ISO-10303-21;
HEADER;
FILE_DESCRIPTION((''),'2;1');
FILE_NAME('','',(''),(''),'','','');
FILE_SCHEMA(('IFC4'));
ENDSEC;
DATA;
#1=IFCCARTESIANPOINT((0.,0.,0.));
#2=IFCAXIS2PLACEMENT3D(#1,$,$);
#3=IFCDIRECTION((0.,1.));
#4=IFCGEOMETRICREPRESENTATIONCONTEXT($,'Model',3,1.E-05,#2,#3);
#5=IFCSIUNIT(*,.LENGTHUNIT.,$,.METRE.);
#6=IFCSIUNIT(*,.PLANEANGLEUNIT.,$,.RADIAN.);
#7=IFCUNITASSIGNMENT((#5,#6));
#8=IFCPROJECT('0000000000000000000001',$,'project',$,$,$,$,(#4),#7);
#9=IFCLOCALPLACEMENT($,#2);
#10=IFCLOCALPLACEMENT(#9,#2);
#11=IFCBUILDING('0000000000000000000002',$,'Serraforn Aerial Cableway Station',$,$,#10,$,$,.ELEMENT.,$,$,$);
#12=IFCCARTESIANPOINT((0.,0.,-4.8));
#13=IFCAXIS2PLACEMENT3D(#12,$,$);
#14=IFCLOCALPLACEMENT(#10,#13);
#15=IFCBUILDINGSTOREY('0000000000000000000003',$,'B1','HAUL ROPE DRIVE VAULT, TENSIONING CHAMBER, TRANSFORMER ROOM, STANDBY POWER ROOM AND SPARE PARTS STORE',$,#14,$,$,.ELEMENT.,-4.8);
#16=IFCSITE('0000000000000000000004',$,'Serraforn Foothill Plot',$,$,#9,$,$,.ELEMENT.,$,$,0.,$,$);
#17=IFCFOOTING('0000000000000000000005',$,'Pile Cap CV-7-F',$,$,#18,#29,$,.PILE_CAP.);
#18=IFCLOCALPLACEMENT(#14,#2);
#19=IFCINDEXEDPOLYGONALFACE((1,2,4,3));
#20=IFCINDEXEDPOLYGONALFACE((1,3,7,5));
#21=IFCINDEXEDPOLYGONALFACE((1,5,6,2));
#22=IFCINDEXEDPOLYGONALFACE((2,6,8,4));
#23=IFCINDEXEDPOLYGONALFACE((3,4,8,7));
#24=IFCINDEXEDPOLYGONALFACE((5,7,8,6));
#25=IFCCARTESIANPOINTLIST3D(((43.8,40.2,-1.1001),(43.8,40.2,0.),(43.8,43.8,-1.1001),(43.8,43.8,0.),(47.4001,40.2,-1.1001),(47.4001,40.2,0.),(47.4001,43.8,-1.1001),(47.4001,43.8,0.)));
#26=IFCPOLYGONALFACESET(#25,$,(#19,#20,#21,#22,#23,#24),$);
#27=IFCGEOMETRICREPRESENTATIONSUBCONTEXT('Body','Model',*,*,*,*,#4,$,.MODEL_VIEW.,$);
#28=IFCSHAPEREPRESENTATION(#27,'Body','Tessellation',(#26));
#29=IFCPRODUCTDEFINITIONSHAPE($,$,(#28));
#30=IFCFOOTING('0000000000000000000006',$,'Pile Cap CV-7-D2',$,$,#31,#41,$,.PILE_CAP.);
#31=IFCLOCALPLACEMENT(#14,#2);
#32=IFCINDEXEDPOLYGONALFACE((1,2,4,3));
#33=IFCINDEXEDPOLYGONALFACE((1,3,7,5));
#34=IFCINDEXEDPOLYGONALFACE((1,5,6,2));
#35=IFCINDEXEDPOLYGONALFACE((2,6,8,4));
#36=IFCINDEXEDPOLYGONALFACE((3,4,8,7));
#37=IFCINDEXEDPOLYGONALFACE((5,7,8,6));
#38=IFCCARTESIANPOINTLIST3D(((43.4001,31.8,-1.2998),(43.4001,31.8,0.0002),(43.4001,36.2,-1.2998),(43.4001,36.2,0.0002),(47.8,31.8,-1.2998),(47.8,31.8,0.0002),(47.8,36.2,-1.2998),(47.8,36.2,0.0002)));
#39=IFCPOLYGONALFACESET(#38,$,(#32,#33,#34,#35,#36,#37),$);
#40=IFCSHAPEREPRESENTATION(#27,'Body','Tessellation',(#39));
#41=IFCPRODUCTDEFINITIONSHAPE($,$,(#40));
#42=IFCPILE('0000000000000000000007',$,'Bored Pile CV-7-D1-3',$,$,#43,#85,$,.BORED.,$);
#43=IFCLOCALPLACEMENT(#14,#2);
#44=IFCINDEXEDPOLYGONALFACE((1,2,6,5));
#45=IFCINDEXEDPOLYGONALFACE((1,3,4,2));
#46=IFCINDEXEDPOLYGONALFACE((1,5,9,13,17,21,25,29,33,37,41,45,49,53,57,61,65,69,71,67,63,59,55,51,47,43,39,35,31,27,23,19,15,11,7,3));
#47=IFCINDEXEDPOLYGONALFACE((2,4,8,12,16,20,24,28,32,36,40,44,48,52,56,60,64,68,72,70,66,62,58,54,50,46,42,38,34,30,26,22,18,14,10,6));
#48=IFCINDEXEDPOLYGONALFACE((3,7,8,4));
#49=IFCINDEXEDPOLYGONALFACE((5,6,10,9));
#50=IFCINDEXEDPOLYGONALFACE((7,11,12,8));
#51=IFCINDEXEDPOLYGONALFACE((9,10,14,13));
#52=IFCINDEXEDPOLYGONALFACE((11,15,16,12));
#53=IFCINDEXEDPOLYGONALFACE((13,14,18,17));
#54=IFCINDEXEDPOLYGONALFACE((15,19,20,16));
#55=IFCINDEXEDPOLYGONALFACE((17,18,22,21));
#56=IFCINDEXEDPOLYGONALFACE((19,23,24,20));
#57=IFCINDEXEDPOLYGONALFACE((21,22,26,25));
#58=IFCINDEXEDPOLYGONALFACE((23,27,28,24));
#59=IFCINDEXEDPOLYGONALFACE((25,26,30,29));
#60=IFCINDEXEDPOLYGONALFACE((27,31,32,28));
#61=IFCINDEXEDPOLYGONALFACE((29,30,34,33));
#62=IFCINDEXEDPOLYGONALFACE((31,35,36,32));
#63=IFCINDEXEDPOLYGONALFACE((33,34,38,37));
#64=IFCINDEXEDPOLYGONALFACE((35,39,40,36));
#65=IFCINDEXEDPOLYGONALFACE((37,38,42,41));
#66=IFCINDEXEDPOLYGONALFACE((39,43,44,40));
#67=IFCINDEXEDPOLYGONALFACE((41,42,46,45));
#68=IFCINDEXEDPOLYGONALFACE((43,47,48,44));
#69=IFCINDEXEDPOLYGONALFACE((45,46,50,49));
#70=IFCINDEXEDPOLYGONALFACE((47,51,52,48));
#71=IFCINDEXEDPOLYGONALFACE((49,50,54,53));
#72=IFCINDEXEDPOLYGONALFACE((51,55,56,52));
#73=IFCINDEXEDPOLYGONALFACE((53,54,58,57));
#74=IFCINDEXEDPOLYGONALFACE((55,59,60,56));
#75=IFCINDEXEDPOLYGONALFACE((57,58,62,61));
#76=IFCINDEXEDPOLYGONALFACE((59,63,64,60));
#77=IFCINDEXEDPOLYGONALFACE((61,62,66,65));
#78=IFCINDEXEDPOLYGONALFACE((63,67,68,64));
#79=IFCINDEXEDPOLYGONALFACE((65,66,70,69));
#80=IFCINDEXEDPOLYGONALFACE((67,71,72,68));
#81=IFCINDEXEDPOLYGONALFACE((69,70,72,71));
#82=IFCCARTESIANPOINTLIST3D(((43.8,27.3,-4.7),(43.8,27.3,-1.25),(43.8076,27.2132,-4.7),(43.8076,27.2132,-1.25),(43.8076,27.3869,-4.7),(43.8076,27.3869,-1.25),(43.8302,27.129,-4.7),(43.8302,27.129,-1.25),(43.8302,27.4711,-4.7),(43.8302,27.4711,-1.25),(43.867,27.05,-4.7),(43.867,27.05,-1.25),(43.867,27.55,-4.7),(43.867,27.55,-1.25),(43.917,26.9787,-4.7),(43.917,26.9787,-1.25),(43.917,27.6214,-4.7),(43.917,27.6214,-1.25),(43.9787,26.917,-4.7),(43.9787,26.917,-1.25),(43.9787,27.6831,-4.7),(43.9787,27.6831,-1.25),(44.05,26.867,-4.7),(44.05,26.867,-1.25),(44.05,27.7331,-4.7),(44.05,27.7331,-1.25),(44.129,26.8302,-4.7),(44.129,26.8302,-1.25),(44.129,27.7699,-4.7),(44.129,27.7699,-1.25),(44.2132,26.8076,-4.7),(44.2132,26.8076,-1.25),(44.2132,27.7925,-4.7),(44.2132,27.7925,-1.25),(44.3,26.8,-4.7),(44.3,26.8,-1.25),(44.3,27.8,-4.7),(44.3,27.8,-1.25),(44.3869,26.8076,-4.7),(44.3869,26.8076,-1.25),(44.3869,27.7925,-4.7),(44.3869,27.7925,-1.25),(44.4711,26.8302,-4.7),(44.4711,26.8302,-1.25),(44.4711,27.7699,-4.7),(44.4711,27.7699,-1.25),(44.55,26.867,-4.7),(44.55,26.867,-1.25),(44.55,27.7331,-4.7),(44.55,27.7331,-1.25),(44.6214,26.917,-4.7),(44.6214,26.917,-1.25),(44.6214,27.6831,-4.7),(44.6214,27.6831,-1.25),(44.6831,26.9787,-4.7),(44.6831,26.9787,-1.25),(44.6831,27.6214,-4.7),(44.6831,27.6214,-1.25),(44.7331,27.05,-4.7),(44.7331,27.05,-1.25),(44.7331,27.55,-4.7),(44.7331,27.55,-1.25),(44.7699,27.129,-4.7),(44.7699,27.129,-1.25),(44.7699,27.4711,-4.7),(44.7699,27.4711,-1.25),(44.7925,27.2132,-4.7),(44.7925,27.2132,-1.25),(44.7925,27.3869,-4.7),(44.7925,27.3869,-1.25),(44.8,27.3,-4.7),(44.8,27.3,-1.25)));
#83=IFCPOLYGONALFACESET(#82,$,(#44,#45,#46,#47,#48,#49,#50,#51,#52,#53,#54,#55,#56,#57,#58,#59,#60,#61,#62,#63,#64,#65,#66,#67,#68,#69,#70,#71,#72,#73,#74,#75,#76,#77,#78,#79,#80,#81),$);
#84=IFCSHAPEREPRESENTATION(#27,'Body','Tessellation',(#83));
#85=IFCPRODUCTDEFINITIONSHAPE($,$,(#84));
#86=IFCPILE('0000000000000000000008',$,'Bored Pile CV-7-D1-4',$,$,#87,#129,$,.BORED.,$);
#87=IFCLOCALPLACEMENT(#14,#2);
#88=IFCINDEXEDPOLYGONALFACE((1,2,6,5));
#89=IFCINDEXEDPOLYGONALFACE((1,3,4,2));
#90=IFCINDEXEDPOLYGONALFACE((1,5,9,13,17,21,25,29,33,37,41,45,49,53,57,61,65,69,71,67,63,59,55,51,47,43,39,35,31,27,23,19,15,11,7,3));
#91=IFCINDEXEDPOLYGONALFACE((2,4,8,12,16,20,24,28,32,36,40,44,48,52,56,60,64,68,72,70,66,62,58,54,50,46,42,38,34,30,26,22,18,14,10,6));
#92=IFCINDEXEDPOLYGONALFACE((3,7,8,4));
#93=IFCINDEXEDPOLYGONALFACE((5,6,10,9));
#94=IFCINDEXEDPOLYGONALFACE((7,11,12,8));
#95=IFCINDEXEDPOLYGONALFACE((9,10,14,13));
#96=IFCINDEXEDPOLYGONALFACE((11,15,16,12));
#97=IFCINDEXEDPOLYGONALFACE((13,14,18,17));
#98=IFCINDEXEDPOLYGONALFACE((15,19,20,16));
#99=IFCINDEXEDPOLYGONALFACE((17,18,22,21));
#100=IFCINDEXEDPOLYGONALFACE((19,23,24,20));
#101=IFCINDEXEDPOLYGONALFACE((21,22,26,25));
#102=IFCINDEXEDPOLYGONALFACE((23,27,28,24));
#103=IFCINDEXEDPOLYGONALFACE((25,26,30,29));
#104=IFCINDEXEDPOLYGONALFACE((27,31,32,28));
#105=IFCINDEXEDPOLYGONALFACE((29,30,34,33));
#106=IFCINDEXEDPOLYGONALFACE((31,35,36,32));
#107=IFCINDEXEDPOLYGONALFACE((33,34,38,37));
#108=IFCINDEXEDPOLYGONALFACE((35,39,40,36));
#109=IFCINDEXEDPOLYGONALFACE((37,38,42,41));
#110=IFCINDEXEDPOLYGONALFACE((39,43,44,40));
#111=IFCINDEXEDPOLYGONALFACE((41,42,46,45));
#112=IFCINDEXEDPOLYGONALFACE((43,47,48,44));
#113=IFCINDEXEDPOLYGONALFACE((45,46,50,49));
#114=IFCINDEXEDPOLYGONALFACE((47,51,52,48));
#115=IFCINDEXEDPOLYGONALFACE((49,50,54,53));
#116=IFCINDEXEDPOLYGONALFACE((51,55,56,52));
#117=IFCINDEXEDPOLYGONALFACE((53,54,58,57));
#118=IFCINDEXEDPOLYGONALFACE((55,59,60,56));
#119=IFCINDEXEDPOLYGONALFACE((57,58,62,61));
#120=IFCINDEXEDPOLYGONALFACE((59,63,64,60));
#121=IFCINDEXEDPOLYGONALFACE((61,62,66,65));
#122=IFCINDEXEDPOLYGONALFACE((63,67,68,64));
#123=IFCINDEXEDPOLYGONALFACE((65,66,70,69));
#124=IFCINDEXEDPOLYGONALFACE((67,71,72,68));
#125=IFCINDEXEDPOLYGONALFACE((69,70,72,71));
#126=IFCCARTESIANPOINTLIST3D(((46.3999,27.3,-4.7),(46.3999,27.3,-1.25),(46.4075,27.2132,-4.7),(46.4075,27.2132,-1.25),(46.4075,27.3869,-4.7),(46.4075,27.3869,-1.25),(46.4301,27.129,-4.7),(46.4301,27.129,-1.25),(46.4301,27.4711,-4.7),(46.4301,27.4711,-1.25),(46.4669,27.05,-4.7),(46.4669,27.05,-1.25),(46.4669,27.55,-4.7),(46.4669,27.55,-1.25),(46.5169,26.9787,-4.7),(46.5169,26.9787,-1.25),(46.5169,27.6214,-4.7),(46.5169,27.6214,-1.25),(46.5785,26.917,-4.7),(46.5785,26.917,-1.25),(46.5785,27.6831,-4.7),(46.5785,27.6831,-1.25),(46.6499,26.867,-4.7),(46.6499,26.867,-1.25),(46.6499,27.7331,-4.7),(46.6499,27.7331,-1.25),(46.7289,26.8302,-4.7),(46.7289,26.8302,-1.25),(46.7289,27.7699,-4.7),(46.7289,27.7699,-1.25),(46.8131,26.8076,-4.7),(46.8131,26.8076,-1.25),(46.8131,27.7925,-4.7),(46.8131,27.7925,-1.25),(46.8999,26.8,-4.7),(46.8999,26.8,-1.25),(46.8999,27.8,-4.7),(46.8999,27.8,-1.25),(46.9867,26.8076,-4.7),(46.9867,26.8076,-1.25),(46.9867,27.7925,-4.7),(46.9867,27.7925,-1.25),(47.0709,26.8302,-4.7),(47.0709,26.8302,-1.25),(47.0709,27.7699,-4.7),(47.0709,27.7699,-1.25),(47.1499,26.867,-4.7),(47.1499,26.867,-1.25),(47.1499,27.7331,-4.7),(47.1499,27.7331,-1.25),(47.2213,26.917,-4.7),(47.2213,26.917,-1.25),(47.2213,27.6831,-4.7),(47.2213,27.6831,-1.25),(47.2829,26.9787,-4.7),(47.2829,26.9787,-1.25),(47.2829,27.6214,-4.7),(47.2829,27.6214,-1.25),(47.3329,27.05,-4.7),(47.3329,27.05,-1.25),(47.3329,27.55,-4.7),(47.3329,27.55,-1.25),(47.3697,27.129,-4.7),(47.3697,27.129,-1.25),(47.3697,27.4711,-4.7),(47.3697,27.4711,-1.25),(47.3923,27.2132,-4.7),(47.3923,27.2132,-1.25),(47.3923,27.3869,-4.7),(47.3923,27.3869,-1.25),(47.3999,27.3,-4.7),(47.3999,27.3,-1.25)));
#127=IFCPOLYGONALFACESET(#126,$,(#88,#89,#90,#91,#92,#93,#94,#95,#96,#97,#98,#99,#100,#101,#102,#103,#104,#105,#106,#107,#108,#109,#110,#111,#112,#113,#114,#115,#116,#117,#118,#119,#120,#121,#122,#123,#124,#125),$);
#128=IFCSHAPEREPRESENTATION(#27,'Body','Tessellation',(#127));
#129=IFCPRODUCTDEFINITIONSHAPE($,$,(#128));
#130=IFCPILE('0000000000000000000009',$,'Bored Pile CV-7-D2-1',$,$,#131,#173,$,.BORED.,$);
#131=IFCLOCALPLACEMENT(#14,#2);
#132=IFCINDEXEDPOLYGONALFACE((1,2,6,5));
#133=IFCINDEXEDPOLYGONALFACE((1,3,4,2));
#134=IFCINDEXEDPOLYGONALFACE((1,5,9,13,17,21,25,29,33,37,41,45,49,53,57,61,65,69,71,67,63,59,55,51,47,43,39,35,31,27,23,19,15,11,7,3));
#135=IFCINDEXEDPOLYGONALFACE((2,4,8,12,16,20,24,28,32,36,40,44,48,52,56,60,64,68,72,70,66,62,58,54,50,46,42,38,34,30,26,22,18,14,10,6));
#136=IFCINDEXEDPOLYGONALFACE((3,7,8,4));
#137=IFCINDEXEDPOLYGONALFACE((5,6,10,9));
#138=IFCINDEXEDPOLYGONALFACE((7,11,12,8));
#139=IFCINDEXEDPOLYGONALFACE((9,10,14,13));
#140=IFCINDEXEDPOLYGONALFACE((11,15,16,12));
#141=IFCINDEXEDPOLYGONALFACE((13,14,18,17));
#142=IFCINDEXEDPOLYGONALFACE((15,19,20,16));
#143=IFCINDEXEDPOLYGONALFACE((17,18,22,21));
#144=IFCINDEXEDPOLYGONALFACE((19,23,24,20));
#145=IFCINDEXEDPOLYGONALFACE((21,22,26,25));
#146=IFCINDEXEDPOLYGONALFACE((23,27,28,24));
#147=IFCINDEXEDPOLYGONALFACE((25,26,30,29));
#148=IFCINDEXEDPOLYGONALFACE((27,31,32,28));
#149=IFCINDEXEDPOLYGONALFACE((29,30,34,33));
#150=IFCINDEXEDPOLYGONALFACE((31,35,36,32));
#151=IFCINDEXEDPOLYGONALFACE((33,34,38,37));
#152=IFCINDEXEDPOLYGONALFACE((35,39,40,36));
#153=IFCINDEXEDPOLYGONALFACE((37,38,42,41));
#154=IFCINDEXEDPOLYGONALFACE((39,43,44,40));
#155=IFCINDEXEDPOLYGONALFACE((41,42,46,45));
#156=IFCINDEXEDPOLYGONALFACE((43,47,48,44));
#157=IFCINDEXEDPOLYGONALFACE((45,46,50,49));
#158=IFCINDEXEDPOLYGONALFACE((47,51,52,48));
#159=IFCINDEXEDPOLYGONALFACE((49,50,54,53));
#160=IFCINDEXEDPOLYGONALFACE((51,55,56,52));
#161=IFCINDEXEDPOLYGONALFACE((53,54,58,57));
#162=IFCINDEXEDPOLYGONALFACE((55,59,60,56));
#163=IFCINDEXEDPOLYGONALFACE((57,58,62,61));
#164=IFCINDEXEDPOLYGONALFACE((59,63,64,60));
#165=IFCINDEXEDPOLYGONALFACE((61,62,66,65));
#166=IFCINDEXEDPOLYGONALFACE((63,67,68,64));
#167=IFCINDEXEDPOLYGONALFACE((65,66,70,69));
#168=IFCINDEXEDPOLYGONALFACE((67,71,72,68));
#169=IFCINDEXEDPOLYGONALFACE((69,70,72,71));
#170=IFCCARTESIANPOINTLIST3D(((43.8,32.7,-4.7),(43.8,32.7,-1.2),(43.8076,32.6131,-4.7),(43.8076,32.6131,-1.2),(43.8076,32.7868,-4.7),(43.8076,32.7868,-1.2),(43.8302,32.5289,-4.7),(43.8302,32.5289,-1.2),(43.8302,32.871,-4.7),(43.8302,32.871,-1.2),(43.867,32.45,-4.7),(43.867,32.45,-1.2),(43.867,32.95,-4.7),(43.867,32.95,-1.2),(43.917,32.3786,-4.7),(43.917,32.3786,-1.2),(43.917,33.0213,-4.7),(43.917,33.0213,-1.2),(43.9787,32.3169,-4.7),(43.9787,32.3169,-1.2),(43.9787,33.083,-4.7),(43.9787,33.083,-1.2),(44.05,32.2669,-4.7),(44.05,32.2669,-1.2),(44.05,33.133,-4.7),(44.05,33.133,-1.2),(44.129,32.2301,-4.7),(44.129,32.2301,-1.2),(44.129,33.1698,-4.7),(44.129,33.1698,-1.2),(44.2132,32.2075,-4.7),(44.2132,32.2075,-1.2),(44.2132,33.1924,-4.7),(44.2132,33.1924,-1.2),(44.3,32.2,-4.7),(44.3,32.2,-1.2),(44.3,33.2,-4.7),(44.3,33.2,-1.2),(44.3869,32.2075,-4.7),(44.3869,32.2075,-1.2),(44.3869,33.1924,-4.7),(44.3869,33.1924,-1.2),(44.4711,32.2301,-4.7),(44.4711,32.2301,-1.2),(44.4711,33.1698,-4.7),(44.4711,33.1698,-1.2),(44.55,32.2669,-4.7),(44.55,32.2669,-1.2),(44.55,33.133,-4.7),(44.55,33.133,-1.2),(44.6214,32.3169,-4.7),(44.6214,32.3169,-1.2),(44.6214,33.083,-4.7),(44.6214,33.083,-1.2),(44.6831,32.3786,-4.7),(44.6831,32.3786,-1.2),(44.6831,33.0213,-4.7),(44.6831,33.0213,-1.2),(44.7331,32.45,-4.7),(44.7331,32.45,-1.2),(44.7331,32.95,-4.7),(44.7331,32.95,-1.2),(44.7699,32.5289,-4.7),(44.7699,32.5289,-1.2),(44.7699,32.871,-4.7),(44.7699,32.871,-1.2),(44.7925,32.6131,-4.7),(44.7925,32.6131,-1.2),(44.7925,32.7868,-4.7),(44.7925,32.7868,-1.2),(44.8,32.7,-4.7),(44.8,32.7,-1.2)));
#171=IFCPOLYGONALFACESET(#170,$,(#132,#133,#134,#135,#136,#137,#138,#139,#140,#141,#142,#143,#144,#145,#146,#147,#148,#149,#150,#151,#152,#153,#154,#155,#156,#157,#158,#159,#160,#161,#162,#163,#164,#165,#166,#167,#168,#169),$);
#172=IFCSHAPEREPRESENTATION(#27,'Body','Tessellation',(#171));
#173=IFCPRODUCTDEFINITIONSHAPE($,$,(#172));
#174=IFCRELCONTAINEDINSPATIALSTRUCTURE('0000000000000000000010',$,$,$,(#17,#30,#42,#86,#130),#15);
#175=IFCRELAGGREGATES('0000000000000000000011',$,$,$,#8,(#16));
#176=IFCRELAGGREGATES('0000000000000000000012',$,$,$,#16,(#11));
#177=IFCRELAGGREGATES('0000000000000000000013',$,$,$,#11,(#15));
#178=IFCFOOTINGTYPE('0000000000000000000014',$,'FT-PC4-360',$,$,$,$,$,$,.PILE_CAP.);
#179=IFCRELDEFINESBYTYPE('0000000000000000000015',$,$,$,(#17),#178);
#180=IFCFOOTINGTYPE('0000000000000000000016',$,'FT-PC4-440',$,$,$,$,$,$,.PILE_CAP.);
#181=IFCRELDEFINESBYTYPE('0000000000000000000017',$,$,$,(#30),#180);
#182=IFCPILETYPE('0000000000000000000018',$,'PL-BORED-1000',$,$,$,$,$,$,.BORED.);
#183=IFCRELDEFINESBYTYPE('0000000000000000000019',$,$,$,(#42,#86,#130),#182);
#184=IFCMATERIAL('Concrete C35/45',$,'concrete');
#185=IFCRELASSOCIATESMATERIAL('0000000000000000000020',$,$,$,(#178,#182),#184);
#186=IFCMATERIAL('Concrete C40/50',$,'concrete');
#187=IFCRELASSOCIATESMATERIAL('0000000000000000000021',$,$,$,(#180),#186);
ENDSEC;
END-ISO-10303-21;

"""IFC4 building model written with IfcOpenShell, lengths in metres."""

from ifc_helpers import new_model, si_unit, direction, frame, origin, origin_2d, place, context, subcontext, project, spatial, rectangle, circle, extrude, material, material_profile, profile_set, type_object, element, save


model = new_model("IFC4")

# Units and contexts
model_context = context("Model", 3, precision=1e-05, world=origin(), true_north=direction((0.0, 1.0)))
body_context = subcontext(model_context, "Body", "Model", "MODEL_VIEW")
ifc_project = project(units=[si_unit("LENGTHUNIT", "METRE"), si_unit("PLANEANGLEUNIT", "RADIAN")], contexts=[model_context])

# Site, building, storey
site_placement = place(None, origin())
site = spatial("IfcSite", under=ifc_project, at=site_placement, Name="Serraforn Foothill Plot", CompositionType="ELEMENT", RefElevation=0.0)
building_placement = place(site_placement, origin())
building = spatial("IfcBuilding", under=site, at=building_placement, Name="Serraforn Aerial Cableway Station", CompositionType="ELEMENT")
storey_placement = place(building_placement, frame((0.0, 0.0, -4.8)))
storey = spatial("IfcBuildingStorey", under=building, at=storey_placement, Name="B1", Description="HAUL ROPE DRIVE VAULT, TENSIONING CHAMBER, TRANSFORMER ROOM, STANDBY POWER ROOM AND SPARE PARTS STORE", CompositionType="ELEMENT", Elevation=-4.8)

# Footings
ifc_material_1 = material(Name="Concrete C35/45", Category="concrete")
footing_type_1 = type_object("IfcFootingType", Name="FT-PC4-360", PredefinedType="PILE_CAP", material=ifc_material_1)
footing_1_placement = place(storey_placement, frame((45.6001, 42.0, -1.1001), z_axis=(0.0, 0.0, 1.0), x_axis=(1.0, 0.0, 0.0)))
element("IfcFooting", 1, at=footing_1_placement, inside=storey, type_object=footing_type_1, Name="Pile Cap CV-7-F", PredefinedType="PILE_CAP", context=body_context, shape_type="SweptSolid", body=[
    extrude(rectangle(XDim=3.6001, YDim=3.6001, at=origin_2d()), origin(), (0.0, 0.0, 1.0), 1.1001),
])
ifc_material_2 = material(Name="Concrete C40/50", Category="concrete")
footing_type_2 = type_object("IfcFootingType", Name="FT-PC4-440", PredefinedType="PILE_CAP", material=ifc_material_2)
footing_2_placement = place(storey_placement, frame((45.6001, 34.0, -1.2998), z_axis=(0.0, 0.0, 1.0), x_axis=(1.0, 0.0, 0.0)))
element("IfcFooting", 2, at=footing_2_placement, inside=storey, type_object=footing_type_2, Name="Pile Cap CV-7-D2", PredefinedType="PILE_CAP", context=body_context, shape_type="SweptSolid", body=[
    extrude(rectangle(XDim=4.3999, YDim=4.3999, at=origin_2d()), origin(), (0.0, 0.0, 1.0), 1.3),
])

# Piles
ifc_material_profile_1 = material_profile(ifc_material_1, circle(Radius=0.5, at=origin_2d()), Name="BORED PILE D1000")
ifc_profile_set_1 = profile_set([ifc_material_profile_1], Name="Concrete C35/45")
pile_type_1 = type_object("IfcPileType", Name="PL-BORED-1000", PredefinedType="BORED", material=ifc_profile_set_1)
for number, where, z_axis, x_axis, name in (
    (3, (44.3, 27.3, -1.25), (0.0, 0.0, -1.0), (1.0, 0.0, 0.0), "Bored Pile CV-7-D1-3"),
    (4, (46.8999, 27.3, -1.25), (0.0, 0.0, -1.0), (1.0, 0.0, 0.0), "Bored Pile CV-7-D1-4"),
):
    element("IfcPile", number, at=place(storey_placement, frame(where, z_axis=z_axis, x_axis=x_axis)), inside=storey, type_object=pile_type_1, Name=name, PredefinedType="BORED", context=body_context, shape_type="SweptSolid", body=[
        extrude(circle(Radius=0.5, at=origin_2d()), origin(), (0.0, 0.0, 1.0), 3.45),
    ])
for number, where, z_axis, x_axis, name in (
    (5, (44.3, 32.7, -1.2), (0.0, 0.0, -1.0), (1.0, 0.0, 0.0), "Bored Pile CV-7-D2-1"),
):
    element("IfcPile", number, at=place(storey_placement, frame(where, z_axis=z_axis, x_axis=x_axis)), inside=storey, type_object=pile_type_1, Name=name, PredefinedType="BORED", context=body_context, shape_type="SweptSolid", body=[
        extrude(circle(Radius=0.5, at=origin_2d()), origin(), (0.0, 0.0, 1.0), 3.5),
    ])

save(model, "model.ifc")
